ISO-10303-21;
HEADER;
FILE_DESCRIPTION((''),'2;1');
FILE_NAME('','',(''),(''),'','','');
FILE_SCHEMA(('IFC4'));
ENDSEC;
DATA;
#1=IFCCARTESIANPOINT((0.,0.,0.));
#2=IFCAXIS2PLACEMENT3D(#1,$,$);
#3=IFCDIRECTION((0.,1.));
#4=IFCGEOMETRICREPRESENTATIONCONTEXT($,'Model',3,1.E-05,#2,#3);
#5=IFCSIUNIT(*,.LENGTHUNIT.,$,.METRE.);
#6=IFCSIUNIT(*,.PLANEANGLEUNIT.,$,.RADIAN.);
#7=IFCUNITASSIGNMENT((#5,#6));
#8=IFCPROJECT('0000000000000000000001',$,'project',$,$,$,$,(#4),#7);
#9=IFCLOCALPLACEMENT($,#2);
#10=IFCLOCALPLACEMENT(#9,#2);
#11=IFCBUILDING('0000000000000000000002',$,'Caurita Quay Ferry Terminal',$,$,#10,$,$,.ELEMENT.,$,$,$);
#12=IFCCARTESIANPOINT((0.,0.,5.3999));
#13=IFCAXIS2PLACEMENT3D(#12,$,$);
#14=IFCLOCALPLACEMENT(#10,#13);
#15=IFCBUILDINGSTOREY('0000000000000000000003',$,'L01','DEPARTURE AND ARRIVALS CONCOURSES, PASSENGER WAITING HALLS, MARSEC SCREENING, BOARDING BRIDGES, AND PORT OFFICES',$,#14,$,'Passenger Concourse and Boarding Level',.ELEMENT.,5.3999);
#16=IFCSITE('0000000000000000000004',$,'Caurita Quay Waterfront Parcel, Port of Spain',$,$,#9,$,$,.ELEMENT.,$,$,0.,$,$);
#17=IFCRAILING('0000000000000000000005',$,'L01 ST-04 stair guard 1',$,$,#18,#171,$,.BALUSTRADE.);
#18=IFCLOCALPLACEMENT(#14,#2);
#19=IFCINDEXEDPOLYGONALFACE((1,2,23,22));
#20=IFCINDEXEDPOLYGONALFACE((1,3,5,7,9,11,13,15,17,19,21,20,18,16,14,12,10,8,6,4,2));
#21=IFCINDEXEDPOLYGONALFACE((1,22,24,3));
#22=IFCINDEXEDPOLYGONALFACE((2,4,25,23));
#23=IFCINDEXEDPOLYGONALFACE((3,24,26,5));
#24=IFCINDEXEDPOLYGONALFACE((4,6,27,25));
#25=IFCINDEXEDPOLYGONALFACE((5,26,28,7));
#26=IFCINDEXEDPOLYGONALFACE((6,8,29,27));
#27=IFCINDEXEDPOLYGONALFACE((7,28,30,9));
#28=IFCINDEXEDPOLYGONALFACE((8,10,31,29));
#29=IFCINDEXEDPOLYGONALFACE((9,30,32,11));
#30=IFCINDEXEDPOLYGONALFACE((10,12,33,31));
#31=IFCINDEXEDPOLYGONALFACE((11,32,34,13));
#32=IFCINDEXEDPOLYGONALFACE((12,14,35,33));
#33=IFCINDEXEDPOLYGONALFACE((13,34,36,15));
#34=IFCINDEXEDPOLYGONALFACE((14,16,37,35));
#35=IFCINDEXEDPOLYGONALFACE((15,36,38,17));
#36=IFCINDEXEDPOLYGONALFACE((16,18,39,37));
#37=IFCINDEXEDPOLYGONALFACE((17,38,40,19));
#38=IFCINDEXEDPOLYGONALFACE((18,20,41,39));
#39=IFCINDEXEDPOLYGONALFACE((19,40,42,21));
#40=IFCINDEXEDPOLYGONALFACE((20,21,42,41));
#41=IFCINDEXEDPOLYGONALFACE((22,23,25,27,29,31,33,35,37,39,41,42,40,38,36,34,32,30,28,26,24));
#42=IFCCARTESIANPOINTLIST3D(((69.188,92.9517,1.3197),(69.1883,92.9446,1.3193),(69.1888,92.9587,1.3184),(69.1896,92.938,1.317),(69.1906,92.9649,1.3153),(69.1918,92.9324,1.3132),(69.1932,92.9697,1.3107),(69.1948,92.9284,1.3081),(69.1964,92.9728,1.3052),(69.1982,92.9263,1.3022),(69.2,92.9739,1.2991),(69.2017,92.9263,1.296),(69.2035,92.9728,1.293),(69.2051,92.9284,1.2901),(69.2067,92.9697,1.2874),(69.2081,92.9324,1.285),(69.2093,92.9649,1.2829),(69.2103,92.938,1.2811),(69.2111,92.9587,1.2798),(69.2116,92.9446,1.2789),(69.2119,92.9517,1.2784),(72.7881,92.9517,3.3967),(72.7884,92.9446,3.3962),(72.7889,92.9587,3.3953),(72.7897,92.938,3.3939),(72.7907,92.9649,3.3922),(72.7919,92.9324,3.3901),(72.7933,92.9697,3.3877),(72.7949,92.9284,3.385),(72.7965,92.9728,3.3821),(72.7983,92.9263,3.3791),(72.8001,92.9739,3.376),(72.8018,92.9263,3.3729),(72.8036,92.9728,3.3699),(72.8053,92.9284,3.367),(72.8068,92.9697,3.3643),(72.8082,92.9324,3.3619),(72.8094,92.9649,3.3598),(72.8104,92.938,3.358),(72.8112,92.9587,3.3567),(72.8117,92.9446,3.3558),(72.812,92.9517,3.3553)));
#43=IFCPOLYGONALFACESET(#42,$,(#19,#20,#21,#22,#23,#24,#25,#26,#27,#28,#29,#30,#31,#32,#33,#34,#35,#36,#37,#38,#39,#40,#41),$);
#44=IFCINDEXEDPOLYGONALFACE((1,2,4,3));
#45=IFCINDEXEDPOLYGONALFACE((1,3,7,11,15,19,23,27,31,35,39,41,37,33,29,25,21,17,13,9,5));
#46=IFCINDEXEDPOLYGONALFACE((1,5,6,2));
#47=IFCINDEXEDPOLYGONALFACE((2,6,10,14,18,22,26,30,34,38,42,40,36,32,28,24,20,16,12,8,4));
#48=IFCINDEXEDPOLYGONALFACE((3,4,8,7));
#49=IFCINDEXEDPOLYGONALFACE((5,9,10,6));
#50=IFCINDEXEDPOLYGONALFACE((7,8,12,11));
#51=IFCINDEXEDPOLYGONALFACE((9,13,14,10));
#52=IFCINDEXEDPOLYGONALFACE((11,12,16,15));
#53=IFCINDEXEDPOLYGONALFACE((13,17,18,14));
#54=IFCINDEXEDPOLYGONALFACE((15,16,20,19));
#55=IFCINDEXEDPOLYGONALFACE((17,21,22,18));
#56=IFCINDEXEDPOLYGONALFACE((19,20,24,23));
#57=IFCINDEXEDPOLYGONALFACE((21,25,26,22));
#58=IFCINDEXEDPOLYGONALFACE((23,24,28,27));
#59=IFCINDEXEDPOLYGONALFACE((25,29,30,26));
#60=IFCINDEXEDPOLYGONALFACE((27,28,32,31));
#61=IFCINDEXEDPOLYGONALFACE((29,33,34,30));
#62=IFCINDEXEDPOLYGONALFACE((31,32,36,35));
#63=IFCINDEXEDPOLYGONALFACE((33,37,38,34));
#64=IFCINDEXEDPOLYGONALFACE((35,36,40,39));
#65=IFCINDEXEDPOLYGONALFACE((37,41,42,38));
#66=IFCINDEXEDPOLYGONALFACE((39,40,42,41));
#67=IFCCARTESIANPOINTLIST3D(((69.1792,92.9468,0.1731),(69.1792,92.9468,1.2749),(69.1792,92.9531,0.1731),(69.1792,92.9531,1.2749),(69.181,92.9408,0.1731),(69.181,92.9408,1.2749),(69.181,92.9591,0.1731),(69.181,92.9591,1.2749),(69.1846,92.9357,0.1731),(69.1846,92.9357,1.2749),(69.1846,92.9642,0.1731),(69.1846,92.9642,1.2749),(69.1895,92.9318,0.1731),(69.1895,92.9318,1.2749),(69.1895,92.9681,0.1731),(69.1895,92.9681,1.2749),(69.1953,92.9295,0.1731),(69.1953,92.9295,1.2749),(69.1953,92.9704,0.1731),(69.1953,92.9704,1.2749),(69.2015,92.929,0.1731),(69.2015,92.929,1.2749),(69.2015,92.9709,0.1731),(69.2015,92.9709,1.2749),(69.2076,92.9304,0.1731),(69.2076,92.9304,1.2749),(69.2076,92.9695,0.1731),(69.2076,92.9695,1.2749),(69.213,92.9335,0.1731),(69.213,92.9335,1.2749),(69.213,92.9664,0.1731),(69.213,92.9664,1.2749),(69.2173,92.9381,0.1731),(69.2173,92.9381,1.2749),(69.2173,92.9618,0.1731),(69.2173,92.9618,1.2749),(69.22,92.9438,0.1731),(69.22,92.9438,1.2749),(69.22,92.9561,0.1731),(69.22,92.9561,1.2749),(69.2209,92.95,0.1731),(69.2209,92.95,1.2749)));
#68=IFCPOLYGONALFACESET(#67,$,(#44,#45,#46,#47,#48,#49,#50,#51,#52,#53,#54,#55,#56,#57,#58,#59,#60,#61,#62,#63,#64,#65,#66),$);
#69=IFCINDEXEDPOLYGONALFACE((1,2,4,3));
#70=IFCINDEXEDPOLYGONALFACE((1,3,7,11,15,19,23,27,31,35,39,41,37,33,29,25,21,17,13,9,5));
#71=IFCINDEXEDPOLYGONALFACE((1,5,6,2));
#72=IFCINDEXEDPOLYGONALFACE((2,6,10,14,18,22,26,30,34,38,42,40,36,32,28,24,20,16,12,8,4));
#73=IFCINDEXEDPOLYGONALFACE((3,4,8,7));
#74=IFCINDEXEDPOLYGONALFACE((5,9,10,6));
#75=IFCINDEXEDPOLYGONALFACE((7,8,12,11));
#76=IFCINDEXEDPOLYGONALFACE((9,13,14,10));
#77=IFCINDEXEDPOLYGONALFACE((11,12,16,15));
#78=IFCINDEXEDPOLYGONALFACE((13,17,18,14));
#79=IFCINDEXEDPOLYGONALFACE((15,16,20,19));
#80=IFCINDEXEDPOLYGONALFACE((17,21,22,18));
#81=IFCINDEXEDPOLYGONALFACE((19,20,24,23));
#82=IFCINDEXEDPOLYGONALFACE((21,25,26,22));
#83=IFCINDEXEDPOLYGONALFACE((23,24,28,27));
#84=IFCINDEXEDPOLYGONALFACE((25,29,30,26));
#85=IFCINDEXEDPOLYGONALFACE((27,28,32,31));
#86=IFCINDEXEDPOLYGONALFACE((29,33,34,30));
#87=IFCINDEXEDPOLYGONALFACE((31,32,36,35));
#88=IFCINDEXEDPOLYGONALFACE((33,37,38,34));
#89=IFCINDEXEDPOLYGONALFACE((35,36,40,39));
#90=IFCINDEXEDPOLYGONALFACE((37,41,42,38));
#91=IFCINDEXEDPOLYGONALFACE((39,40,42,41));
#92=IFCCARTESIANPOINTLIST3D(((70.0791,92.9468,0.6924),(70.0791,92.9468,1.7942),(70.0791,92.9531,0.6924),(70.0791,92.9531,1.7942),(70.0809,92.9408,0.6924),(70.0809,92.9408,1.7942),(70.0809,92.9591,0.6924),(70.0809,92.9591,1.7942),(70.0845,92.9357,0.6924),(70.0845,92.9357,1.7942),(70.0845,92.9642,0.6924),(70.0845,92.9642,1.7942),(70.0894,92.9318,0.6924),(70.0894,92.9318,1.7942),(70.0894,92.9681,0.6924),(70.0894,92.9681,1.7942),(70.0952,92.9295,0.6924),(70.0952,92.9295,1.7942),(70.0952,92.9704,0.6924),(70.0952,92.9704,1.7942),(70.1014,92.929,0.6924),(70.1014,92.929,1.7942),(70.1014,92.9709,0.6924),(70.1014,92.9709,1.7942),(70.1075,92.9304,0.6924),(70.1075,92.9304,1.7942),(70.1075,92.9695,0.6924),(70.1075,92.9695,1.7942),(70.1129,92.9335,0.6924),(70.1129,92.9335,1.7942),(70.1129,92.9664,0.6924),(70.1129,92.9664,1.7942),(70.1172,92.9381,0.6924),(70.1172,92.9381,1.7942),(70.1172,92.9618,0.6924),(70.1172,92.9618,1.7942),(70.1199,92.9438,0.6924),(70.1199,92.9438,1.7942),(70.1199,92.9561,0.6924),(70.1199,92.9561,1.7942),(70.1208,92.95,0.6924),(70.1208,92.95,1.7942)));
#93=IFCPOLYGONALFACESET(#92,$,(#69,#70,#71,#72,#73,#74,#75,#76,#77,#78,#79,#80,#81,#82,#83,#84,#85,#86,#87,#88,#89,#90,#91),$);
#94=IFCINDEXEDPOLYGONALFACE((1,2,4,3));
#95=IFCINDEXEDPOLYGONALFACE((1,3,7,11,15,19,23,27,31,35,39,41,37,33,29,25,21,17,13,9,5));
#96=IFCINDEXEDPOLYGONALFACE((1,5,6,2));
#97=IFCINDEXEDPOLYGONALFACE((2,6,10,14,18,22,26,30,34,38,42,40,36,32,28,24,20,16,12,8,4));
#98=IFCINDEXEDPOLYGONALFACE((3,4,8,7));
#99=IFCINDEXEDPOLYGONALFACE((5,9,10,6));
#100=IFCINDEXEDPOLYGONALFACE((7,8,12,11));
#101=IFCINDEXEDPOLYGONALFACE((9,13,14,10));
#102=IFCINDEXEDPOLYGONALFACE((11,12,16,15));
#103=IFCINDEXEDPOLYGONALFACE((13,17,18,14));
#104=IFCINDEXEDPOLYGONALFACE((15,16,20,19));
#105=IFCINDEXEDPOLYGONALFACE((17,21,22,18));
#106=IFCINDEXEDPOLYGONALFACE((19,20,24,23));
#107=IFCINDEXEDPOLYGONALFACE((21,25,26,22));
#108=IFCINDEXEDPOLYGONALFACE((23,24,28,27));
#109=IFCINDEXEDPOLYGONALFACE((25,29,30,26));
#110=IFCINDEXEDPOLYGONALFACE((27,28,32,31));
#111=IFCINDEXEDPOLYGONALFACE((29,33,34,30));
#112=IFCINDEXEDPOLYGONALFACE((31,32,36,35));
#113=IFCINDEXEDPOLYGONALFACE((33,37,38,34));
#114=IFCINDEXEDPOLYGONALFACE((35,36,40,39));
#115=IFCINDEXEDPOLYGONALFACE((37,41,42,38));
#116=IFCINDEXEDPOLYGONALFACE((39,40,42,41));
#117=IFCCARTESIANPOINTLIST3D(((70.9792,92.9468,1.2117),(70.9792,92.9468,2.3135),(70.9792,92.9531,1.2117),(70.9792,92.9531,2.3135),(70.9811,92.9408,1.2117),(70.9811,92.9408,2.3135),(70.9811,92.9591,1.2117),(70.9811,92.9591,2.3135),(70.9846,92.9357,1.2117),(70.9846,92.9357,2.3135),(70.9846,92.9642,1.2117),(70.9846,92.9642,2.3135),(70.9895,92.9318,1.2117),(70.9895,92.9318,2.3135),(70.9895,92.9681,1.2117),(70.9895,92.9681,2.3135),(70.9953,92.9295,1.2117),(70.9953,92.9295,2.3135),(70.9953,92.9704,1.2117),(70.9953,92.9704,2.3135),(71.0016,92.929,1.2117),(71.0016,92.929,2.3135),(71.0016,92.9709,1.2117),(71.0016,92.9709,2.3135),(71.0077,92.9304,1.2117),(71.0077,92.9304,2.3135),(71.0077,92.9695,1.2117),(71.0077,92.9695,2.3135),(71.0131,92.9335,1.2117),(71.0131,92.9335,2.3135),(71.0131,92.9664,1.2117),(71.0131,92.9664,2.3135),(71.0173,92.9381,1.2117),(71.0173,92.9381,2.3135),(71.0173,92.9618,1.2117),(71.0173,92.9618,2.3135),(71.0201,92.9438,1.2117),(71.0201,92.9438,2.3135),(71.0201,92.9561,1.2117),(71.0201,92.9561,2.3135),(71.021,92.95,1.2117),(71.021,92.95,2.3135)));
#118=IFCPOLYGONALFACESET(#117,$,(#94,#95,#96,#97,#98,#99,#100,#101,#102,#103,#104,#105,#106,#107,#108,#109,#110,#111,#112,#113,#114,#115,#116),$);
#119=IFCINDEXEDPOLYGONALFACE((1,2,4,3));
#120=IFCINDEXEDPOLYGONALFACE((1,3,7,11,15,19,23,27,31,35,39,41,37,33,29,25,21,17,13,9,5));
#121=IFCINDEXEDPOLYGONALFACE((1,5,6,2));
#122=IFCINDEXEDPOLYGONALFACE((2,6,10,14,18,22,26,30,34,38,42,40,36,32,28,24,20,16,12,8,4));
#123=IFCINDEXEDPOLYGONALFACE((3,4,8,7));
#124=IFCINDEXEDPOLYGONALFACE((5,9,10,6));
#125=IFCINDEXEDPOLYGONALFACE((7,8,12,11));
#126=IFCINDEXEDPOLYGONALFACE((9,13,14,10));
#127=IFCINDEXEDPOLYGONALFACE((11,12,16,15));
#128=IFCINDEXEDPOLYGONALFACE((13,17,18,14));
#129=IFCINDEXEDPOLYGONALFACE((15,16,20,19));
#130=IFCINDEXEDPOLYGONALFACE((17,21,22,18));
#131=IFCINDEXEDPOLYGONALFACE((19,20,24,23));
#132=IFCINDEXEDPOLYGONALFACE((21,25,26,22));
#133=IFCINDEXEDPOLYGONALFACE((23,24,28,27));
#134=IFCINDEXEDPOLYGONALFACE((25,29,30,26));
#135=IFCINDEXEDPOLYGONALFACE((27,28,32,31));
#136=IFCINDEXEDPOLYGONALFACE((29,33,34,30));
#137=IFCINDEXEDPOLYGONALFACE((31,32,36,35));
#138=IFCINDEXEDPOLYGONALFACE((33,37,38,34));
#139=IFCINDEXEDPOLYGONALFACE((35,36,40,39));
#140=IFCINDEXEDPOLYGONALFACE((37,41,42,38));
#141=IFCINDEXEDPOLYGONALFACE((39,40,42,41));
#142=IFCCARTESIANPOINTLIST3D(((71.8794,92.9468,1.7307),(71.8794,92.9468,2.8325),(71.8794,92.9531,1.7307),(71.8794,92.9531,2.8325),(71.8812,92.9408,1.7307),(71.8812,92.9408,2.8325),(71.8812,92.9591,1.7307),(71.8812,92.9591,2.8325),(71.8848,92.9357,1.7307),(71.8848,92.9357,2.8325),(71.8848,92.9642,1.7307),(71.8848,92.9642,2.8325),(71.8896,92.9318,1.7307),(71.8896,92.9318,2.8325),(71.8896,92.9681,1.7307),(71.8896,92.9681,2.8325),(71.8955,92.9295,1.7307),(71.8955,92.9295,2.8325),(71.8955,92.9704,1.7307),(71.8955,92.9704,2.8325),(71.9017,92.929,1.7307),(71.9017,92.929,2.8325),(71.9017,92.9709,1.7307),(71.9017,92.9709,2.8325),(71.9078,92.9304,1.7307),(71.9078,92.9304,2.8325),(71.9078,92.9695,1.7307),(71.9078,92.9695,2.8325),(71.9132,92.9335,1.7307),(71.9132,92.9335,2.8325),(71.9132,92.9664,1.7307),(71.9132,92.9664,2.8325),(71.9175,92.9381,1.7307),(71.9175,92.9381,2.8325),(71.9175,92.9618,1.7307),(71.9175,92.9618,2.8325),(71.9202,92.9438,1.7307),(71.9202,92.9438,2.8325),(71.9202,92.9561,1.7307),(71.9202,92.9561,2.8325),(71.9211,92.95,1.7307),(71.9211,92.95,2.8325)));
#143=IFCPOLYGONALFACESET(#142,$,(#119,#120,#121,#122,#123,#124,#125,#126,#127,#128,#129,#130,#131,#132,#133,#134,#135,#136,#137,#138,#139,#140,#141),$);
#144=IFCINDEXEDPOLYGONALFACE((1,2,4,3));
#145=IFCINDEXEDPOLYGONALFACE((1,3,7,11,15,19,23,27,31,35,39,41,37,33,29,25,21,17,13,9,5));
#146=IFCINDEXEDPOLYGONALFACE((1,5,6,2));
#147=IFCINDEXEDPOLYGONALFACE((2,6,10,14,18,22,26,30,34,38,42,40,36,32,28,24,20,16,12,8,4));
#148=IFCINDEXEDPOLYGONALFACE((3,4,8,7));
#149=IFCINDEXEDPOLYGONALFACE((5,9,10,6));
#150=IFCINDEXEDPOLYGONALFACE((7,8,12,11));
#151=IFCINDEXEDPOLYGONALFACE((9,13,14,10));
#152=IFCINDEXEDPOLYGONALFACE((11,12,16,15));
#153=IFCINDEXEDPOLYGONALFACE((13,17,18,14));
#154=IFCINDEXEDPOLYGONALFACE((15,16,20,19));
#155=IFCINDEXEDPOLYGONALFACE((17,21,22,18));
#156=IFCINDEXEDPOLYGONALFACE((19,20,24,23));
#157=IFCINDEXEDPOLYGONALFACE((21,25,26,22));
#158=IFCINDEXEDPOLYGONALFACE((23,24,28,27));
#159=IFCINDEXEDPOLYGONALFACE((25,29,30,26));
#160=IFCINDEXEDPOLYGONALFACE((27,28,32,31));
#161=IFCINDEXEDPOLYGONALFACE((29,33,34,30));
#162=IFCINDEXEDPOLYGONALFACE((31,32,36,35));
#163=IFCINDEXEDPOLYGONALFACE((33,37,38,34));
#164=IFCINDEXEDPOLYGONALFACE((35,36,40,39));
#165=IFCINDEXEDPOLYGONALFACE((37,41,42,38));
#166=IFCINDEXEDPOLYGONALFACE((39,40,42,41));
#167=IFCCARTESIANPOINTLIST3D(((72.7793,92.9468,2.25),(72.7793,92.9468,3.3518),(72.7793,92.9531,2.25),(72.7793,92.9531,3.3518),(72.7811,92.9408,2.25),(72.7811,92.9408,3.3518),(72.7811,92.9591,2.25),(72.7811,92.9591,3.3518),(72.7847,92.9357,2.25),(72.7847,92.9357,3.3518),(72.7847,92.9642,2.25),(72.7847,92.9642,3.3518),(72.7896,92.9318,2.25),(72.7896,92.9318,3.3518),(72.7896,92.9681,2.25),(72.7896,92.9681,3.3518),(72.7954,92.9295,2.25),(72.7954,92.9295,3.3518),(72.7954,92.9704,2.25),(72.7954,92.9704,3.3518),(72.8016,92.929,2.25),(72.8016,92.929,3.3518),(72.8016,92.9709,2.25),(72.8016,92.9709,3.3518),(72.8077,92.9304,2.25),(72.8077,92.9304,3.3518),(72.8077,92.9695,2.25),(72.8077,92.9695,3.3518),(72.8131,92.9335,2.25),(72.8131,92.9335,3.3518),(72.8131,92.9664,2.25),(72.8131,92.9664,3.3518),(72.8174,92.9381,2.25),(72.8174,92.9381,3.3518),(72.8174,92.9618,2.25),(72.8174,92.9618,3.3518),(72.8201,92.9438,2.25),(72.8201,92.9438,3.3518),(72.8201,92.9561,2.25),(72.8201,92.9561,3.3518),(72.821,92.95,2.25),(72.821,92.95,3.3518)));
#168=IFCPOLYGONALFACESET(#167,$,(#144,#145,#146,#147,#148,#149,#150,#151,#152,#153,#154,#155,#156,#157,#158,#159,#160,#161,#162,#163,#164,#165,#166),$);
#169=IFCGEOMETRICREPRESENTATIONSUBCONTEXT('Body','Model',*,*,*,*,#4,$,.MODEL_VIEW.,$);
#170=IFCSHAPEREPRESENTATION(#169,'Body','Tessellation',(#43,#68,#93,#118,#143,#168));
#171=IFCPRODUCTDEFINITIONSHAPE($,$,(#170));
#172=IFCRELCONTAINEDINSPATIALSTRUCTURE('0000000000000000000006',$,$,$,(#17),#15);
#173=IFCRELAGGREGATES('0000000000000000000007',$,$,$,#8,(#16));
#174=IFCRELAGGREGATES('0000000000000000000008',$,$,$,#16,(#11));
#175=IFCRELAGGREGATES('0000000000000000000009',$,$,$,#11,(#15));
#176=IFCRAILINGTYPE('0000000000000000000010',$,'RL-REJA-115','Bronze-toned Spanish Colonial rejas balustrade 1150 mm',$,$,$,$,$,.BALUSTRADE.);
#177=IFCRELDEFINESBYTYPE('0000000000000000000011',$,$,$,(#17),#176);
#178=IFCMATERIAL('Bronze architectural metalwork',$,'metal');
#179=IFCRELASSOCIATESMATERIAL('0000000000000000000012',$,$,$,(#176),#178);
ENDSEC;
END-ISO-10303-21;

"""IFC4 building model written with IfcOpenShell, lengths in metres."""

from ifc_helpers import new_model, si_unit, direction, frame, origin, origin_2d, place, context, subcontext, project, spatial, circle, extrude, material, type_object, element, save


model = new_model("IFC4")

# Units and contexts
model_context = context("Model", 3, precision=1e-05, world=origin(), true_north=direction((0.0, 1.0)))
body_context = subcontext(model_context, "Body", "Model", "MODEL_VIEW")
ifc_project = project(units=[si_unit("LENGTHUNIT", "METRE"), si_unit("PLANEANGLEUNIT", "RADIAN")], contexts=[model_context])

# Site, building, storey
site_placement = place(None, origin())
site = spatial("IfcSite", under=ifc_project, at=site_placement, Name="Caurita Quay Waterfront Parcel, Port of Spain", CompositionType="ELEMENT", RefElevation=0.0)
building_placement = place(site_placement, origin())
building = spatial("IfcBuilding", under=site, at=building_placement, Name="Caurita Quay Ferry Terminal", CompositionType="ELEMENT")
storey_placement = place(building_placement, frame((0.0, 0.0, 5.3999)))
storey = spatial("IfcBuildingStorey", under=building, at=storey_placement, Name="L01", Description="DEPARTURE AND ARRIVALS CONCOURSES, PASSENGER WAITING HALLS, MARSEC SCREENING, BOARDING BRIDGES, AND PORT OFFICES", LongName="Passenger Concourse and Boarding Level", CompositionType="ELEMENT", Elevation=5.3999)

# Railing
ifc_material_1 = material(Name="Bronze architectural metalwork", Category="metal")
railing_type_1 = type_object("IfcRailingType", Name="RL-REJA-115", Description="Bronze-toned Spanish Colonial rejas balustrade 1150 mm", PredefinedType="BALUSTRADE", material=ifc_material_1)
railing_1_placement = place(storey_placement, frame((69.2, 92.95, 0.1731)))
element("IfcRailing", 1, at=railing_1_placement, inside=storey, type_object=railing_type_1, Name="L01 ST-04 stair guard 1", PredefinedType="BALUSTRADE", context=body_context, shape_type="SweptSolid", body=[
    extrude(circle(Radius=0.0239, at=origin_2d()), frame((0.0, 0.0, 1.126), z_axis=(0.866193, 0.0, 0.499709), x_axis=(0.0, 1.0, 0.0)), (0.0, 0.0, 1.0), 4.1562),
    extrude(circle(Radius=0.021, at=origin_2d()), origin(), (0.0, 0.0, 1.0), 1.1018),
    extrude(circle(Radius=0.021, at=origin_2d()), frame((0.8999, 0.0, 0.5193)), (0.0, 0.0, 1.0), 1.1018),
    extrude(circle(Radius=0.021, at=origin_2d()), frame((1.8, 0.0, 1.0386)), (0.0, 0.0, 1.0), 1.1018),
    extrude(circle(Radius=0.021, at=origin_2d()), frame((2.7002, 0.0, 1.5576)), (0.0, 0.0, 1.0), 1.1018),
    extrude(circle(Radius=0.021, at=origin_2d()), frame((3.6001, 0.0, 2.0769)), (0.0, 0.0, 1.0), 1.1018),
])

save(model, "model.ifc")
